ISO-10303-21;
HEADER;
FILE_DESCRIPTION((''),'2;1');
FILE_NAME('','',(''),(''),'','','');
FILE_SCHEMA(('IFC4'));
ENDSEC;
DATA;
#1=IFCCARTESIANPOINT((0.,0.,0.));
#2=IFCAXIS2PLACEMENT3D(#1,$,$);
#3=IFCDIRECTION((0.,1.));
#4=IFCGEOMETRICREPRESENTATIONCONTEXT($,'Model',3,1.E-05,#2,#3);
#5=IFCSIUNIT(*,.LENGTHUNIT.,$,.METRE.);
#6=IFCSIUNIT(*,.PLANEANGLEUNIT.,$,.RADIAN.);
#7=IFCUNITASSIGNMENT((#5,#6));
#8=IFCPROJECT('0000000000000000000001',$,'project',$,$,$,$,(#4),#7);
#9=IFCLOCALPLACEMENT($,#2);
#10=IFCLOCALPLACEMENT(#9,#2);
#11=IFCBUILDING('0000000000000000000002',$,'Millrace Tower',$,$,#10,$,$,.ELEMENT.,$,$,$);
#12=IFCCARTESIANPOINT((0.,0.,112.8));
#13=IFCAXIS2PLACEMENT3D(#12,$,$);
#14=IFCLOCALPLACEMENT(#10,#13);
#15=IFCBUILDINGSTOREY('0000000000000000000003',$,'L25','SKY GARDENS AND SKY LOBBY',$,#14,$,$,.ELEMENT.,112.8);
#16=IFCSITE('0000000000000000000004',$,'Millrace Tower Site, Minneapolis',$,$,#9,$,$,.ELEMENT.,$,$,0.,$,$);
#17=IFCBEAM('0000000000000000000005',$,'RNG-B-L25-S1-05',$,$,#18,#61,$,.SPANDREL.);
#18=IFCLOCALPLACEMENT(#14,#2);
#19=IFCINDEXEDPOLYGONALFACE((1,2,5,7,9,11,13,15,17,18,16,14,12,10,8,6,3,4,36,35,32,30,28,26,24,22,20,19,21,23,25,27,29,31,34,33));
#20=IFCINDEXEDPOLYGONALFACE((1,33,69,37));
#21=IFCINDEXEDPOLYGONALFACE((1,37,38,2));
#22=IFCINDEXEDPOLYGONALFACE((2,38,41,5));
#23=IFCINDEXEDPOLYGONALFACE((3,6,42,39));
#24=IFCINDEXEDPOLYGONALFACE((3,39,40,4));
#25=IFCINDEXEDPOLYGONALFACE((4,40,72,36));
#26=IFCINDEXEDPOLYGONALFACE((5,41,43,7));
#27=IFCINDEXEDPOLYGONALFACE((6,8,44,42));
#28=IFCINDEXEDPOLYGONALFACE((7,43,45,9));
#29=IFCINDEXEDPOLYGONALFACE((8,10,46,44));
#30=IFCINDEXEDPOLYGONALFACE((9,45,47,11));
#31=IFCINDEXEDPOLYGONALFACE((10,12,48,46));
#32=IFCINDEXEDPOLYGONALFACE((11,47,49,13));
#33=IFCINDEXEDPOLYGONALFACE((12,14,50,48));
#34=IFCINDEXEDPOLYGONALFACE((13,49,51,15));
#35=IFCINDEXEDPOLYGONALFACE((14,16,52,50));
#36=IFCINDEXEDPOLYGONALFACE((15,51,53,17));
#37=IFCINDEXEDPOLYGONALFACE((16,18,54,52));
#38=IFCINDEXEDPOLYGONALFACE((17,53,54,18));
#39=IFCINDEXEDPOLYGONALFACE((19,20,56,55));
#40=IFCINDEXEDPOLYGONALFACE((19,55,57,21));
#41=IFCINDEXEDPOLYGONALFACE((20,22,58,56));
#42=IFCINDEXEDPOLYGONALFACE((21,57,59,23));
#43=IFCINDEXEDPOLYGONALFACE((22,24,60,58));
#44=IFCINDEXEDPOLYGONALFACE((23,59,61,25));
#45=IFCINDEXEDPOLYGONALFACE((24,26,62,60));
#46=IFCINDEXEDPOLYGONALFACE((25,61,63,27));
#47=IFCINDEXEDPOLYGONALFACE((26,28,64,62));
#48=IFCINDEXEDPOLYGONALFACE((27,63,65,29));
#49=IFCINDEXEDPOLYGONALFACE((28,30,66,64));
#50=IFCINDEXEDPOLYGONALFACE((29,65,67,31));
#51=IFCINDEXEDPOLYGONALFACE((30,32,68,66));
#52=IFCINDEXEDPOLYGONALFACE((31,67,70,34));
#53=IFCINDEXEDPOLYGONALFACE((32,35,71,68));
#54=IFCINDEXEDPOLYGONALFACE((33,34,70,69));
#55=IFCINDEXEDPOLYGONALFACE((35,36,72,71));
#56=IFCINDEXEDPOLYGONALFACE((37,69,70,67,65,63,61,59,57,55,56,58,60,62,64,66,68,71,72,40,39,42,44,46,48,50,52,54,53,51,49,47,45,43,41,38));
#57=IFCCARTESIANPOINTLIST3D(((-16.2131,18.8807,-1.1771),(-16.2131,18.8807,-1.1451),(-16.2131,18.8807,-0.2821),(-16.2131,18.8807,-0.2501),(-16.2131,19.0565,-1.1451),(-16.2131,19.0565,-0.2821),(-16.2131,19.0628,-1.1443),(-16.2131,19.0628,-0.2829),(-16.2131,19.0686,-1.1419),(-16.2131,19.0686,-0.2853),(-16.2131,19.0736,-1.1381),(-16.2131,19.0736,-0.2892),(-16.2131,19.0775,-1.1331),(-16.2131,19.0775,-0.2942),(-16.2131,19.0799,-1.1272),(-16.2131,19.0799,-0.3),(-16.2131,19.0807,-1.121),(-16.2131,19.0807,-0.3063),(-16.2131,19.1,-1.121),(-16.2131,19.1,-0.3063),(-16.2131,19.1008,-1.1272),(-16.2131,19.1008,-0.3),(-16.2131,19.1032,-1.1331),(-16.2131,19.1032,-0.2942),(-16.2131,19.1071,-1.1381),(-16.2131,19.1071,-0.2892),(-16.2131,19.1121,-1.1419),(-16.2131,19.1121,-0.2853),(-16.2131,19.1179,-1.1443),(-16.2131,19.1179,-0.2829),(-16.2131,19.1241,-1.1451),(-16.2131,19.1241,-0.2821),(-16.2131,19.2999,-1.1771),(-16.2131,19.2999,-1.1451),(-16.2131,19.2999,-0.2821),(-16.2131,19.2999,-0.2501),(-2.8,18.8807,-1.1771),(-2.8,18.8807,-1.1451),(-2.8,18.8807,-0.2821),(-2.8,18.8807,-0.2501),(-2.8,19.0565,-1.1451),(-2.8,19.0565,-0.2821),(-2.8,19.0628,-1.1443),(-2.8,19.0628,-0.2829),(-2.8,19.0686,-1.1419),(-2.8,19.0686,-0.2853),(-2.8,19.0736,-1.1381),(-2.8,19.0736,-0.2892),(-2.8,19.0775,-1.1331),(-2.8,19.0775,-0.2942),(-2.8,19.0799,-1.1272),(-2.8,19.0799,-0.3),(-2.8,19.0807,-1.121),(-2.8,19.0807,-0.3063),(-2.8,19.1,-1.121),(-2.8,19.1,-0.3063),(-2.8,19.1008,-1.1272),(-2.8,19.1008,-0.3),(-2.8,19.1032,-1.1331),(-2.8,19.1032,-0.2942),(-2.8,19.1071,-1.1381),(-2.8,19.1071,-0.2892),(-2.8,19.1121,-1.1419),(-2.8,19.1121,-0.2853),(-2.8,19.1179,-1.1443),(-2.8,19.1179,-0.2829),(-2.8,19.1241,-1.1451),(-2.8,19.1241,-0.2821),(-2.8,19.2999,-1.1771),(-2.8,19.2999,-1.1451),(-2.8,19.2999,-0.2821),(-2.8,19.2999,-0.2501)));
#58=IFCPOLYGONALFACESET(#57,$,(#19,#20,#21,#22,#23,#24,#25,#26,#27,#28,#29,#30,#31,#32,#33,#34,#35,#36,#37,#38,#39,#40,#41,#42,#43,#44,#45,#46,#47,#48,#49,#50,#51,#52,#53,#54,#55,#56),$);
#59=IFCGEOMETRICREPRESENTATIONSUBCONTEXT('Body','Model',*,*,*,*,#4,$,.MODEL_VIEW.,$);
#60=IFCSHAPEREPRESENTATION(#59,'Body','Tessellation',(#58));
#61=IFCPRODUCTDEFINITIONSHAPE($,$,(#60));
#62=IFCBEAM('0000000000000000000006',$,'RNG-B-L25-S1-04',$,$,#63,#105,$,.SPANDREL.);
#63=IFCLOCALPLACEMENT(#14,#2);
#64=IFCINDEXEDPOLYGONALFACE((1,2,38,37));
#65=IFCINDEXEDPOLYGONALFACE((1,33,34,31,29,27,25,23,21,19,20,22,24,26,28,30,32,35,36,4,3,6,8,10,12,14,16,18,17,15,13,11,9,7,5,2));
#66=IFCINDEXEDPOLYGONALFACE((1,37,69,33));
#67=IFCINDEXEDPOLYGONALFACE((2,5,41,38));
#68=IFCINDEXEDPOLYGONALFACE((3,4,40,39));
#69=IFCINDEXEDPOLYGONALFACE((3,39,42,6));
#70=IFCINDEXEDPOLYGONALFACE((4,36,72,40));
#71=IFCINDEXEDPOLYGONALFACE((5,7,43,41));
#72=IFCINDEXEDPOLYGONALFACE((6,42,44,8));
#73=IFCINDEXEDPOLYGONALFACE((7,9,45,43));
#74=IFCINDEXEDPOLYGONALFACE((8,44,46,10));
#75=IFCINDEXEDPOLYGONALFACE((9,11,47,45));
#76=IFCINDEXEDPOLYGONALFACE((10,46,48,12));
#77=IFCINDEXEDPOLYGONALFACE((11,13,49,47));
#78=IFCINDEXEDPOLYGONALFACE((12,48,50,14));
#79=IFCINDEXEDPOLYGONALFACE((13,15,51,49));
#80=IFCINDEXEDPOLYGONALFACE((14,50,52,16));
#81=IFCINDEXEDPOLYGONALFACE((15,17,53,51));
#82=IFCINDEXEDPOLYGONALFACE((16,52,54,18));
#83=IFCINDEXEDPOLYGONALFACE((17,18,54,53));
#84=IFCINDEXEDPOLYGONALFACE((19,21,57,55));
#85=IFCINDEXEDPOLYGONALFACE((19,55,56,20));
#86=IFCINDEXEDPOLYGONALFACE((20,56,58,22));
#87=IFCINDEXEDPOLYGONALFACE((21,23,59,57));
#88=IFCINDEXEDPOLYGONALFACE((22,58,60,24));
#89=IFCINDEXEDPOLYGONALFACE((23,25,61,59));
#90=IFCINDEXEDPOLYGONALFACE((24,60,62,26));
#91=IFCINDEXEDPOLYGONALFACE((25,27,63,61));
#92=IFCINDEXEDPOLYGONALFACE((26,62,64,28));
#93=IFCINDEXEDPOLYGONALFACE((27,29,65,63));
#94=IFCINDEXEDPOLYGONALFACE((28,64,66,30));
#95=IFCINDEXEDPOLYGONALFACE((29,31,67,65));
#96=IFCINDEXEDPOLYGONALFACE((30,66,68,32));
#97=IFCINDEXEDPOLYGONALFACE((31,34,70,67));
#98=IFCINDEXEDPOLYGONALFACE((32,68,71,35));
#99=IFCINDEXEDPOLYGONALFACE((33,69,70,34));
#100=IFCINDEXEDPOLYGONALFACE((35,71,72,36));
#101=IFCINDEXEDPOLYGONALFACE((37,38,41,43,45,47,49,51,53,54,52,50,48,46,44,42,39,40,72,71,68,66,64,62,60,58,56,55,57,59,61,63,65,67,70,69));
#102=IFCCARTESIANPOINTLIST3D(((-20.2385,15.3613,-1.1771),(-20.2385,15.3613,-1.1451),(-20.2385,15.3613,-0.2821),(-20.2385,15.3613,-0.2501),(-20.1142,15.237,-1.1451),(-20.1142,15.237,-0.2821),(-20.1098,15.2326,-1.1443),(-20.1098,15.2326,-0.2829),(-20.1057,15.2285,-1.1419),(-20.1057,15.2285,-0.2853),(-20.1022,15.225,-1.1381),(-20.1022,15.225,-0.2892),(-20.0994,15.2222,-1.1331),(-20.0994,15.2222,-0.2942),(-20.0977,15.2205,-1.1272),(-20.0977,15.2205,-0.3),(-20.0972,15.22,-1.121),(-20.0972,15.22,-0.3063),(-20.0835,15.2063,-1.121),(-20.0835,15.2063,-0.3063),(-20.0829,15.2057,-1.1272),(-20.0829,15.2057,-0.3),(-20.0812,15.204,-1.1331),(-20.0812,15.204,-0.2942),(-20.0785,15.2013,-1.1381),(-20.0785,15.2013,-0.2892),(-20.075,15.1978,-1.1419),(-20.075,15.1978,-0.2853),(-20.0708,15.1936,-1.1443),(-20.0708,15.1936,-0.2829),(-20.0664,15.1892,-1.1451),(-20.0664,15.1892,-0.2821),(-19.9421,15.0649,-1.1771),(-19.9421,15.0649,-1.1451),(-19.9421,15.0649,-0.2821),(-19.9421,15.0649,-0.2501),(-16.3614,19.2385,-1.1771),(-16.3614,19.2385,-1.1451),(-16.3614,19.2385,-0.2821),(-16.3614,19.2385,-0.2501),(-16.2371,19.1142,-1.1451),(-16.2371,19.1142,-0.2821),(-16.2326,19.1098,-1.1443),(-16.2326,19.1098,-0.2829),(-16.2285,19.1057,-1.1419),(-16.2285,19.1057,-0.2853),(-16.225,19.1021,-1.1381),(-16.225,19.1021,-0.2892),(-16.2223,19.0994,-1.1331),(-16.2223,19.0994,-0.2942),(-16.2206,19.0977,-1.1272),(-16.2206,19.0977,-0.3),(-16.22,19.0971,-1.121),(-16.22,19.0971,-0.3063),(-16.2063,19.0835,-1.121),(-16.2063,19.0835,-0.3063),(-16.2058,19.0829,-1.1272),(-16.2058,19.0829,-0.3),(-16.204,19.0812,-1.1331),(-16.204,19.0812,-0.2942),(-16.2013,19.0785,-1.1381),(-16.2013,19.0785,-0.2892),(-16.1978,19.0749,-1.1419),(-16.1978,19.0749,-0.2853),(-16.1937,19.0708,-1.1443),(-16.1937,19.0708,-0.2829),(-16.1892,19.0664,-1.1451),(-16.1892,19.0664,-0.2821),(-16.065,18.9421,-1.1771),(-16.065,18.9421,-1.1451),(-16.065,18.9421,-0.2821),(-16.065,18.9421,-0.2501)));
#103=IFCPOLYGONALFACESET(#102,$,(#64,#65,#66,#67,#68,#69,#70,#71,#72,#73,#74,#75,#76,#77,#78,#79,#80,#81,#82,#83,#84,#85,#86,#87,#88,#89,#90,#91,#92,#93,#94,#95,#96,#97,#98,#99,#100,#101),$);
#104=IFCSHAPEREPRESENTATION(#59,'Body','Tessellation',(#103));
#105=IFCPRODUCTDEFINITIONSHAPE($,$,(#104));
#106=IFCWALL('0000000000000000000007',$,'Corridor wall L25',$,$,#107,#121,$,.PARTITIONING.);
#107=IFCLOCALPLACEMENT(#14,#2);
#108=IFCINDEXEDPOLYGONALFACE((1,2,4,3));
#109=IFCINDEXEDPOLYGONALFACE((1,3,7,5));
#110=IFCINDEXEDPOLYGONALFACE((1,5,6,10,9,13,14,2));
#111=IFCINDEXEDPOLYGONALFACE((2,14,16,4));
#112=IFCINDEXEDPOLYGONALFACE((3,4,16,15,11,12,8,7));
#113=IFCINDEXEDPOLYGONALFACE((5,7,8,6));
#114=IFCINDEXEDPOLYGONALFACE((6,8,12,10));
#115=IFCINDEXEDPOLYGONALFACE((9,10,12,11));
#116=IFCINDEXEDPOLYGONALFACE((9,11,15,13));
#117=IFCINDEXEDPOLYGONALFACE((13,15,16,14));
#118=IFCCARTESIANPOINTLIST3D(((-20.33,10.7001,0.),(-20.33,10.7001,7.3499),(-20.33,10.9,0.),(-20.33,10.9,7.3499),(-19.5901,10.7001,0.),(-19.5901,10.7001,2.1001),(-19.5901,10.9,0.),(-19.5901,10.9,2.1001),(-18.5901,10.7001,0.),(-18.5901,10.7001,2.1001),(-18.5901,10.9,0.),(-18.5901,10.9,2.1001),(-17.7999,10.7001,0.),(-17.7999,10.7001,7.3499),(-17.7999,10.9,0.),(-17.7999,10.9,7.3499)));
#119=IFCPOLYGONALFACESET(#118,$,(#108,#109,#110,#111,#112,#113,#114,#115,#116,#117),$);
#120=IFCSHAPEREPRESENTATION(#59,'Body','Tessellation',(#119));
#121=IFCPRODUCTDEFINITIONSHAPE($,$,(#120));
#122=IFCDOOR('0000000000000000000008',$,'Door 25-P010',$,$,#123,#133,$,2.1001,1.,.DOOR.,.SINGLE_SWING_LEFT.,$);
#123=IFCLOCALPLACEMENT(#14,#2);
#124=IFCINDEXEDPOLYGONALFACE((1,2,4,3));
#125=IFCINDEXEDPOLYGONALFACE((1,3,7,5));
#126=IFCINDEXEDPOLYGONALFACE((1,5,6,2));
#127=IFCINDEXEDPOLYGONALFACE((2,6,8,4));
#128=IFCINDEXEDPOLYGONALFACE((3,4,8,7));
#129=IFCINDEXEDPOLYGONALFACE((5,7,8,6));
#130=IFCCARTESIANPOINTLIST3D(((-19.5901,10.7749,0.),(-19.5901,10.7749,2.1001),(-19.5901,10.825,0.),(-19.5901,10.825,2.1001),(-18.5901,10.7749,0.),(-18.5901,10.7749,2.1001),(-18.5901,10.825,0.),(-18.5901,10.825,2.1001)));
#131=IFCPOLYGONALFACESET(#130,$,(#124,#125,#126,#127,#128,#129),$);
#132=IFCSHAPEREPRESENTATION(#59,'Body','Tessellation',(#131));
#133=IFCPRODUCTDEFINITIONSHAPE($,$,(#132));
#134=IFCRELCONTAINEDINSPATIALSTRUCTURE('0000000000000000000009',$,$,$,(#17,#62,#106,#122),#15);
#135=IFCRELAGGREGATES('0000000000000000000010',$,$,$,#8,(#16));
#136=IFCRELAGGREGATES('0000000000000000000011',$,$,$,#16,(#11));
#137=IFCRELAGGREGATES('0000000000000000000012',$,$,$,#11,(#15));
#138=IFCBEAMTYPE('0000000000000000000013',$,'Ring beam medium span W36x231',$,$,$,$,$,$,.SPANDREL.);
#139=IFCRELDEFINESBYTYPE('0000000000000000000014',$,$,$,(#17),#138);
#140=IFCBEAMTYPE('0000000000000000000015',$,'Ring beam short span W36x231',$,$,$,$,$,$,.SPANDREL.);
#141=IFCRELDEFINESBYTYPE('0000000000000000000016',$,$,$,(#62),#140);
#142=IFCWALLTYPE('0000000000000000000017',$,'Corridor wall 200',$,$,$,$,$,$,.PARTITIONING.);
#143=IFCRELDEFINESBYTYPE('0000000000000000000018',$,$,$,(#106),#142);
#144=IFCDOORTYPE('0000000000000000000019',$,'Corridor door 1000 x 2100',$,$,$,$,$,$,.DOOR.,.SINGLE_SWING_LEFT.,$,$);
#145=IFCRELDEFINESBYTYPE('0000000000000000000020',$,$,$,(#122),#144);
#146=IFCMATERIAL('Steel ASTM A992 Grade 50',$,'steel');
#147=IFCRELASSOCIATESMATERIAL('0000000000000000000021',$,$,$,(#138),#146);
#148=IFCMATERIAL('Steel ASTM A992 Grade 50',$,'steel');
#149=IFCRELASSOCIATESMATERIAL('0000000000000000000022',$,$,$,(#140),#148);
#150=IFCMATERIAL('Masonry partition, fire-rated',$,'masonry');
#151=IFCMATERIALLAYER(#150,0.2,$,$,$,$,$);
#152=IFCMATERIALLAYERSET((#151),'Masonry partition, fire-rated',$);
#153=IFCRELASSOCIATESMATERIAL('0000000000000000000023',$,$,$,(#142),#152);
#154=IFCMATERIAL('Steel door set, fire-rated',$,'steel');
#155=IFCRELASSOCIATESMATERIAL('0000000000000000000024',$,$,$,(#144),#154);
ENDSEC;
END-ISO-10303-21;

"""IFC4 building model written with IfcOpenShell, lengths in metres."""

from ifc_helpers import new_model, si_unit, direction, frame, frame_2d, origin, origin_2d, place, context, subcontext, project, spatial, rectangle, i_section, extrude, material, layer, layer_set, material_profile, profile_set, type_object, element, fill, save


model = new_model("IFC4")

# Units and contexts
model_context = context("Model", 3, precision=1e-05, world=origin(), true_north=direction((0.0, 1.0)))
body_context = subcontext(model_context, "Body", "Model", "MODEL_VIEW")
ifc_project = project(units=[si_unit("LENGTHUNIT", "METRE"), si_unit("PLANEANGLEUNIT", "RADIAN")], contexts=[model_context])

# Site, building, storey
site_placement = place(None, origin())
site = spatial("IfcSite", under=ifc_project, at=site_placement, Name="Millrace Tower Site, Minneapolis", CompositionType="ELEMENT", RefElevation=0.0)
building_placement = place(site_placement, origin())
building = spatial("IfcBuilding", under=site, at=building_placement, Name="Millrace Tower", CompositionType="ELEMENT")
storey_placement = place(building_placement, frame((0.0, 0.0, 112.8)))
storey = spatial("IfcBuildingStorey", under=building, at=storey_placement, Name="L25", Description="SKY GARDENS AND SKY LOBBY", CompositionType="ELEMENT", Elevation=112.8)

# Beams
ifc_material_1 = material(Name="Steel ASTM A992 Grade 50", Category="steel")
ifc_material_profile_1 = material_profile(ifc_material_1, i_section(OverallWidth=0.4192, OverallDepth=0.927, WebThickness=0.0193, FlangeThickness=0.032, FilletRadius=0.0242, at=origin_2d()))
ifc_profile_set_1 = profile_set([ifc_material_profile_1], Name="Steel ASTM A992 Grade 50")
beam_type_1 = type_object("IfcBeamType", Name="Ring beam medium span W36x231", PredefinedType="SPANDREL", material=ifc_profile_set_1)
beam_1_placement = place(storey_placement, frame((-16.2131, 19.0903, -0.7136), z_axis=(1.0, 0.0, 0.0), x_axis=(0.0, 1.0, 0.0)))
element("IfcBeam", 1, at=beam_1_placement, inside=storey, type_object=beam_type_1, Name="RNG-B-L25-S1-05", PredefinedType="SPANDREL", context=body_context, shape_type="SweptSolid", body=[
    extrude(i_section(OverallWidth=0.4192, OverallDepth=0.927, WebThickness=0.0193, FlangeThickness=0.032, FilletRadius=0.0242, at=origin_2d()), origin(), (0.0, 0.0, 1.0), 13.4131),
])
ifc_material_2 = material(Name="Steel ASTM A992 Grade 50", Category="steel")
ifc_material_profile_2 = material_profile(ifc_material_2, i_section(OverallWidth=0.4192, OverallDepth=0.927, WebThickness=0.0193, FlangeThickness=0.032, FilletRadius=0.0242, at=origin_2d()))
ifc_profile_set_2 = profile_set([ifc_material_profile_2], Name="Steel ASTM A992 Grade 50")
beam_type_2 = type_object("IfcBeamType", Name="Ring beam short span W36x231", PredefinedType="SPANDREL", material=ifc_profile_set_2)
beam_2_placement = place(storey_placement, frame((-20.0903, 15.2131, -0.7136), z_axis=(0.707107, 0.707107, 0.0), x_axis=(-0.707107, 0.707107, 0.0)))
element("IfcBeam", 2, at=beam_2_placement, inside=storey, type_object=beam_type_2, Name="RNG-B-L25-S1-04", PredefinedType="SPANDREL", context=body_context, shape_type="SweptSolid", body=[
    extrude(i_section(OverallWidth=0.4192, OverallDepth=0.927, WebThickness=0.0193, FlangeThickness=0.032, FilletRadius=0.0242, at=origin_2d()), origin(), (0.0, 0.0, 1.0), 5.4832),
])

# Wall, opening, door
ifc_material_3 = material(Name="Masonry partition, fire-rated", Category="masonry")
ifc_layer_1 = layer(ifc_material_3, 0.2)
ifc_layer_set_1 = layer_set([ifc_layer_1], Name="Masonry partition, fire-rated")
wall_type_1 = type_object("IfcWallType", Name="Corridor wall 200", PredefinedType="PARTITIONING", material=ifc_layer_set_1)
wall_1_placement = place(storey_placement, frame((-20.3301, 10.8, 0.0), z_axis=(0.0, 0.0, 1.0), x_axis=(1.0, 0.0, 0.0)))
wall_1 = element("IfcWall", 3, at=wall_1_placement, inside=storey, type_object=wall_type_1, Name="Corridor wall L25", PredefinedType="PARTITIONING", context=body_context, shape_type="SweptSolid", body=[
    extrude(rectangle(XDim=2.53, YDim=0.2, at=frame_2d((1.2651, 0.0))), origin(), (0.0, 0.0, 1.0), 7.3499),
])
opening_1_placement = place(wall_1_placement, frame((0.74, 0.0, 0.0)))
opening_1 = element("IfcOpeningElement", 4, at=opening_1_placement, cuts=wall_1, PredefinedType="OPENING", context=body_context, shape_type="SweptSolid", body=[
    extrude(rectangle(XDim=1.0, YDim=2.1001, at=frame_2d((0.5, 1.05))), frame((0.0, 0.1099, 0.0), z_axis=(0.0, -1.0, 0.0), x_axis=(1.0, 0.0, 0.0)), (0.0, 0.0, 1.0), 0.22),
])
ifc_material_4 = material(Name="Steel door set, fire-rated", Category="steel")
door_type_1 = type_object("IfcDoorType", Name="Corridor door 1000 x 2100", OperationType="SINGLE_SWING_LEFT", PredefinedType="DOOR", material=ifc_material_4)
door_1_placement = place(opening_1_placement, origin())
door_1 = element("IfcDoor", 5, at=door_1_placement, inside=storey, type_object=door_type_1, Name="Door 25-P010", OperationType="SINGLE_SWING_LEFT", OverallHeight=2.1001, OverallWidth=1.0, PredefinedType="DOOR", context=body_context, shape_type="SweptSolid", body=[
    extrude(rectangle(XDim=1.0, YDim=2.1001, at=frame_2d((0.5, 1.05))), frame((0.0, 0.0249, 0.0), z_axis=(0.0, -1.0, 0.0), x_axis=(1.0, 0.0, 0.0)), (0.0, 0.0, 1.0), 0.05),
])
fill(opening_1, door_1)

save(model, "model.ifc")
